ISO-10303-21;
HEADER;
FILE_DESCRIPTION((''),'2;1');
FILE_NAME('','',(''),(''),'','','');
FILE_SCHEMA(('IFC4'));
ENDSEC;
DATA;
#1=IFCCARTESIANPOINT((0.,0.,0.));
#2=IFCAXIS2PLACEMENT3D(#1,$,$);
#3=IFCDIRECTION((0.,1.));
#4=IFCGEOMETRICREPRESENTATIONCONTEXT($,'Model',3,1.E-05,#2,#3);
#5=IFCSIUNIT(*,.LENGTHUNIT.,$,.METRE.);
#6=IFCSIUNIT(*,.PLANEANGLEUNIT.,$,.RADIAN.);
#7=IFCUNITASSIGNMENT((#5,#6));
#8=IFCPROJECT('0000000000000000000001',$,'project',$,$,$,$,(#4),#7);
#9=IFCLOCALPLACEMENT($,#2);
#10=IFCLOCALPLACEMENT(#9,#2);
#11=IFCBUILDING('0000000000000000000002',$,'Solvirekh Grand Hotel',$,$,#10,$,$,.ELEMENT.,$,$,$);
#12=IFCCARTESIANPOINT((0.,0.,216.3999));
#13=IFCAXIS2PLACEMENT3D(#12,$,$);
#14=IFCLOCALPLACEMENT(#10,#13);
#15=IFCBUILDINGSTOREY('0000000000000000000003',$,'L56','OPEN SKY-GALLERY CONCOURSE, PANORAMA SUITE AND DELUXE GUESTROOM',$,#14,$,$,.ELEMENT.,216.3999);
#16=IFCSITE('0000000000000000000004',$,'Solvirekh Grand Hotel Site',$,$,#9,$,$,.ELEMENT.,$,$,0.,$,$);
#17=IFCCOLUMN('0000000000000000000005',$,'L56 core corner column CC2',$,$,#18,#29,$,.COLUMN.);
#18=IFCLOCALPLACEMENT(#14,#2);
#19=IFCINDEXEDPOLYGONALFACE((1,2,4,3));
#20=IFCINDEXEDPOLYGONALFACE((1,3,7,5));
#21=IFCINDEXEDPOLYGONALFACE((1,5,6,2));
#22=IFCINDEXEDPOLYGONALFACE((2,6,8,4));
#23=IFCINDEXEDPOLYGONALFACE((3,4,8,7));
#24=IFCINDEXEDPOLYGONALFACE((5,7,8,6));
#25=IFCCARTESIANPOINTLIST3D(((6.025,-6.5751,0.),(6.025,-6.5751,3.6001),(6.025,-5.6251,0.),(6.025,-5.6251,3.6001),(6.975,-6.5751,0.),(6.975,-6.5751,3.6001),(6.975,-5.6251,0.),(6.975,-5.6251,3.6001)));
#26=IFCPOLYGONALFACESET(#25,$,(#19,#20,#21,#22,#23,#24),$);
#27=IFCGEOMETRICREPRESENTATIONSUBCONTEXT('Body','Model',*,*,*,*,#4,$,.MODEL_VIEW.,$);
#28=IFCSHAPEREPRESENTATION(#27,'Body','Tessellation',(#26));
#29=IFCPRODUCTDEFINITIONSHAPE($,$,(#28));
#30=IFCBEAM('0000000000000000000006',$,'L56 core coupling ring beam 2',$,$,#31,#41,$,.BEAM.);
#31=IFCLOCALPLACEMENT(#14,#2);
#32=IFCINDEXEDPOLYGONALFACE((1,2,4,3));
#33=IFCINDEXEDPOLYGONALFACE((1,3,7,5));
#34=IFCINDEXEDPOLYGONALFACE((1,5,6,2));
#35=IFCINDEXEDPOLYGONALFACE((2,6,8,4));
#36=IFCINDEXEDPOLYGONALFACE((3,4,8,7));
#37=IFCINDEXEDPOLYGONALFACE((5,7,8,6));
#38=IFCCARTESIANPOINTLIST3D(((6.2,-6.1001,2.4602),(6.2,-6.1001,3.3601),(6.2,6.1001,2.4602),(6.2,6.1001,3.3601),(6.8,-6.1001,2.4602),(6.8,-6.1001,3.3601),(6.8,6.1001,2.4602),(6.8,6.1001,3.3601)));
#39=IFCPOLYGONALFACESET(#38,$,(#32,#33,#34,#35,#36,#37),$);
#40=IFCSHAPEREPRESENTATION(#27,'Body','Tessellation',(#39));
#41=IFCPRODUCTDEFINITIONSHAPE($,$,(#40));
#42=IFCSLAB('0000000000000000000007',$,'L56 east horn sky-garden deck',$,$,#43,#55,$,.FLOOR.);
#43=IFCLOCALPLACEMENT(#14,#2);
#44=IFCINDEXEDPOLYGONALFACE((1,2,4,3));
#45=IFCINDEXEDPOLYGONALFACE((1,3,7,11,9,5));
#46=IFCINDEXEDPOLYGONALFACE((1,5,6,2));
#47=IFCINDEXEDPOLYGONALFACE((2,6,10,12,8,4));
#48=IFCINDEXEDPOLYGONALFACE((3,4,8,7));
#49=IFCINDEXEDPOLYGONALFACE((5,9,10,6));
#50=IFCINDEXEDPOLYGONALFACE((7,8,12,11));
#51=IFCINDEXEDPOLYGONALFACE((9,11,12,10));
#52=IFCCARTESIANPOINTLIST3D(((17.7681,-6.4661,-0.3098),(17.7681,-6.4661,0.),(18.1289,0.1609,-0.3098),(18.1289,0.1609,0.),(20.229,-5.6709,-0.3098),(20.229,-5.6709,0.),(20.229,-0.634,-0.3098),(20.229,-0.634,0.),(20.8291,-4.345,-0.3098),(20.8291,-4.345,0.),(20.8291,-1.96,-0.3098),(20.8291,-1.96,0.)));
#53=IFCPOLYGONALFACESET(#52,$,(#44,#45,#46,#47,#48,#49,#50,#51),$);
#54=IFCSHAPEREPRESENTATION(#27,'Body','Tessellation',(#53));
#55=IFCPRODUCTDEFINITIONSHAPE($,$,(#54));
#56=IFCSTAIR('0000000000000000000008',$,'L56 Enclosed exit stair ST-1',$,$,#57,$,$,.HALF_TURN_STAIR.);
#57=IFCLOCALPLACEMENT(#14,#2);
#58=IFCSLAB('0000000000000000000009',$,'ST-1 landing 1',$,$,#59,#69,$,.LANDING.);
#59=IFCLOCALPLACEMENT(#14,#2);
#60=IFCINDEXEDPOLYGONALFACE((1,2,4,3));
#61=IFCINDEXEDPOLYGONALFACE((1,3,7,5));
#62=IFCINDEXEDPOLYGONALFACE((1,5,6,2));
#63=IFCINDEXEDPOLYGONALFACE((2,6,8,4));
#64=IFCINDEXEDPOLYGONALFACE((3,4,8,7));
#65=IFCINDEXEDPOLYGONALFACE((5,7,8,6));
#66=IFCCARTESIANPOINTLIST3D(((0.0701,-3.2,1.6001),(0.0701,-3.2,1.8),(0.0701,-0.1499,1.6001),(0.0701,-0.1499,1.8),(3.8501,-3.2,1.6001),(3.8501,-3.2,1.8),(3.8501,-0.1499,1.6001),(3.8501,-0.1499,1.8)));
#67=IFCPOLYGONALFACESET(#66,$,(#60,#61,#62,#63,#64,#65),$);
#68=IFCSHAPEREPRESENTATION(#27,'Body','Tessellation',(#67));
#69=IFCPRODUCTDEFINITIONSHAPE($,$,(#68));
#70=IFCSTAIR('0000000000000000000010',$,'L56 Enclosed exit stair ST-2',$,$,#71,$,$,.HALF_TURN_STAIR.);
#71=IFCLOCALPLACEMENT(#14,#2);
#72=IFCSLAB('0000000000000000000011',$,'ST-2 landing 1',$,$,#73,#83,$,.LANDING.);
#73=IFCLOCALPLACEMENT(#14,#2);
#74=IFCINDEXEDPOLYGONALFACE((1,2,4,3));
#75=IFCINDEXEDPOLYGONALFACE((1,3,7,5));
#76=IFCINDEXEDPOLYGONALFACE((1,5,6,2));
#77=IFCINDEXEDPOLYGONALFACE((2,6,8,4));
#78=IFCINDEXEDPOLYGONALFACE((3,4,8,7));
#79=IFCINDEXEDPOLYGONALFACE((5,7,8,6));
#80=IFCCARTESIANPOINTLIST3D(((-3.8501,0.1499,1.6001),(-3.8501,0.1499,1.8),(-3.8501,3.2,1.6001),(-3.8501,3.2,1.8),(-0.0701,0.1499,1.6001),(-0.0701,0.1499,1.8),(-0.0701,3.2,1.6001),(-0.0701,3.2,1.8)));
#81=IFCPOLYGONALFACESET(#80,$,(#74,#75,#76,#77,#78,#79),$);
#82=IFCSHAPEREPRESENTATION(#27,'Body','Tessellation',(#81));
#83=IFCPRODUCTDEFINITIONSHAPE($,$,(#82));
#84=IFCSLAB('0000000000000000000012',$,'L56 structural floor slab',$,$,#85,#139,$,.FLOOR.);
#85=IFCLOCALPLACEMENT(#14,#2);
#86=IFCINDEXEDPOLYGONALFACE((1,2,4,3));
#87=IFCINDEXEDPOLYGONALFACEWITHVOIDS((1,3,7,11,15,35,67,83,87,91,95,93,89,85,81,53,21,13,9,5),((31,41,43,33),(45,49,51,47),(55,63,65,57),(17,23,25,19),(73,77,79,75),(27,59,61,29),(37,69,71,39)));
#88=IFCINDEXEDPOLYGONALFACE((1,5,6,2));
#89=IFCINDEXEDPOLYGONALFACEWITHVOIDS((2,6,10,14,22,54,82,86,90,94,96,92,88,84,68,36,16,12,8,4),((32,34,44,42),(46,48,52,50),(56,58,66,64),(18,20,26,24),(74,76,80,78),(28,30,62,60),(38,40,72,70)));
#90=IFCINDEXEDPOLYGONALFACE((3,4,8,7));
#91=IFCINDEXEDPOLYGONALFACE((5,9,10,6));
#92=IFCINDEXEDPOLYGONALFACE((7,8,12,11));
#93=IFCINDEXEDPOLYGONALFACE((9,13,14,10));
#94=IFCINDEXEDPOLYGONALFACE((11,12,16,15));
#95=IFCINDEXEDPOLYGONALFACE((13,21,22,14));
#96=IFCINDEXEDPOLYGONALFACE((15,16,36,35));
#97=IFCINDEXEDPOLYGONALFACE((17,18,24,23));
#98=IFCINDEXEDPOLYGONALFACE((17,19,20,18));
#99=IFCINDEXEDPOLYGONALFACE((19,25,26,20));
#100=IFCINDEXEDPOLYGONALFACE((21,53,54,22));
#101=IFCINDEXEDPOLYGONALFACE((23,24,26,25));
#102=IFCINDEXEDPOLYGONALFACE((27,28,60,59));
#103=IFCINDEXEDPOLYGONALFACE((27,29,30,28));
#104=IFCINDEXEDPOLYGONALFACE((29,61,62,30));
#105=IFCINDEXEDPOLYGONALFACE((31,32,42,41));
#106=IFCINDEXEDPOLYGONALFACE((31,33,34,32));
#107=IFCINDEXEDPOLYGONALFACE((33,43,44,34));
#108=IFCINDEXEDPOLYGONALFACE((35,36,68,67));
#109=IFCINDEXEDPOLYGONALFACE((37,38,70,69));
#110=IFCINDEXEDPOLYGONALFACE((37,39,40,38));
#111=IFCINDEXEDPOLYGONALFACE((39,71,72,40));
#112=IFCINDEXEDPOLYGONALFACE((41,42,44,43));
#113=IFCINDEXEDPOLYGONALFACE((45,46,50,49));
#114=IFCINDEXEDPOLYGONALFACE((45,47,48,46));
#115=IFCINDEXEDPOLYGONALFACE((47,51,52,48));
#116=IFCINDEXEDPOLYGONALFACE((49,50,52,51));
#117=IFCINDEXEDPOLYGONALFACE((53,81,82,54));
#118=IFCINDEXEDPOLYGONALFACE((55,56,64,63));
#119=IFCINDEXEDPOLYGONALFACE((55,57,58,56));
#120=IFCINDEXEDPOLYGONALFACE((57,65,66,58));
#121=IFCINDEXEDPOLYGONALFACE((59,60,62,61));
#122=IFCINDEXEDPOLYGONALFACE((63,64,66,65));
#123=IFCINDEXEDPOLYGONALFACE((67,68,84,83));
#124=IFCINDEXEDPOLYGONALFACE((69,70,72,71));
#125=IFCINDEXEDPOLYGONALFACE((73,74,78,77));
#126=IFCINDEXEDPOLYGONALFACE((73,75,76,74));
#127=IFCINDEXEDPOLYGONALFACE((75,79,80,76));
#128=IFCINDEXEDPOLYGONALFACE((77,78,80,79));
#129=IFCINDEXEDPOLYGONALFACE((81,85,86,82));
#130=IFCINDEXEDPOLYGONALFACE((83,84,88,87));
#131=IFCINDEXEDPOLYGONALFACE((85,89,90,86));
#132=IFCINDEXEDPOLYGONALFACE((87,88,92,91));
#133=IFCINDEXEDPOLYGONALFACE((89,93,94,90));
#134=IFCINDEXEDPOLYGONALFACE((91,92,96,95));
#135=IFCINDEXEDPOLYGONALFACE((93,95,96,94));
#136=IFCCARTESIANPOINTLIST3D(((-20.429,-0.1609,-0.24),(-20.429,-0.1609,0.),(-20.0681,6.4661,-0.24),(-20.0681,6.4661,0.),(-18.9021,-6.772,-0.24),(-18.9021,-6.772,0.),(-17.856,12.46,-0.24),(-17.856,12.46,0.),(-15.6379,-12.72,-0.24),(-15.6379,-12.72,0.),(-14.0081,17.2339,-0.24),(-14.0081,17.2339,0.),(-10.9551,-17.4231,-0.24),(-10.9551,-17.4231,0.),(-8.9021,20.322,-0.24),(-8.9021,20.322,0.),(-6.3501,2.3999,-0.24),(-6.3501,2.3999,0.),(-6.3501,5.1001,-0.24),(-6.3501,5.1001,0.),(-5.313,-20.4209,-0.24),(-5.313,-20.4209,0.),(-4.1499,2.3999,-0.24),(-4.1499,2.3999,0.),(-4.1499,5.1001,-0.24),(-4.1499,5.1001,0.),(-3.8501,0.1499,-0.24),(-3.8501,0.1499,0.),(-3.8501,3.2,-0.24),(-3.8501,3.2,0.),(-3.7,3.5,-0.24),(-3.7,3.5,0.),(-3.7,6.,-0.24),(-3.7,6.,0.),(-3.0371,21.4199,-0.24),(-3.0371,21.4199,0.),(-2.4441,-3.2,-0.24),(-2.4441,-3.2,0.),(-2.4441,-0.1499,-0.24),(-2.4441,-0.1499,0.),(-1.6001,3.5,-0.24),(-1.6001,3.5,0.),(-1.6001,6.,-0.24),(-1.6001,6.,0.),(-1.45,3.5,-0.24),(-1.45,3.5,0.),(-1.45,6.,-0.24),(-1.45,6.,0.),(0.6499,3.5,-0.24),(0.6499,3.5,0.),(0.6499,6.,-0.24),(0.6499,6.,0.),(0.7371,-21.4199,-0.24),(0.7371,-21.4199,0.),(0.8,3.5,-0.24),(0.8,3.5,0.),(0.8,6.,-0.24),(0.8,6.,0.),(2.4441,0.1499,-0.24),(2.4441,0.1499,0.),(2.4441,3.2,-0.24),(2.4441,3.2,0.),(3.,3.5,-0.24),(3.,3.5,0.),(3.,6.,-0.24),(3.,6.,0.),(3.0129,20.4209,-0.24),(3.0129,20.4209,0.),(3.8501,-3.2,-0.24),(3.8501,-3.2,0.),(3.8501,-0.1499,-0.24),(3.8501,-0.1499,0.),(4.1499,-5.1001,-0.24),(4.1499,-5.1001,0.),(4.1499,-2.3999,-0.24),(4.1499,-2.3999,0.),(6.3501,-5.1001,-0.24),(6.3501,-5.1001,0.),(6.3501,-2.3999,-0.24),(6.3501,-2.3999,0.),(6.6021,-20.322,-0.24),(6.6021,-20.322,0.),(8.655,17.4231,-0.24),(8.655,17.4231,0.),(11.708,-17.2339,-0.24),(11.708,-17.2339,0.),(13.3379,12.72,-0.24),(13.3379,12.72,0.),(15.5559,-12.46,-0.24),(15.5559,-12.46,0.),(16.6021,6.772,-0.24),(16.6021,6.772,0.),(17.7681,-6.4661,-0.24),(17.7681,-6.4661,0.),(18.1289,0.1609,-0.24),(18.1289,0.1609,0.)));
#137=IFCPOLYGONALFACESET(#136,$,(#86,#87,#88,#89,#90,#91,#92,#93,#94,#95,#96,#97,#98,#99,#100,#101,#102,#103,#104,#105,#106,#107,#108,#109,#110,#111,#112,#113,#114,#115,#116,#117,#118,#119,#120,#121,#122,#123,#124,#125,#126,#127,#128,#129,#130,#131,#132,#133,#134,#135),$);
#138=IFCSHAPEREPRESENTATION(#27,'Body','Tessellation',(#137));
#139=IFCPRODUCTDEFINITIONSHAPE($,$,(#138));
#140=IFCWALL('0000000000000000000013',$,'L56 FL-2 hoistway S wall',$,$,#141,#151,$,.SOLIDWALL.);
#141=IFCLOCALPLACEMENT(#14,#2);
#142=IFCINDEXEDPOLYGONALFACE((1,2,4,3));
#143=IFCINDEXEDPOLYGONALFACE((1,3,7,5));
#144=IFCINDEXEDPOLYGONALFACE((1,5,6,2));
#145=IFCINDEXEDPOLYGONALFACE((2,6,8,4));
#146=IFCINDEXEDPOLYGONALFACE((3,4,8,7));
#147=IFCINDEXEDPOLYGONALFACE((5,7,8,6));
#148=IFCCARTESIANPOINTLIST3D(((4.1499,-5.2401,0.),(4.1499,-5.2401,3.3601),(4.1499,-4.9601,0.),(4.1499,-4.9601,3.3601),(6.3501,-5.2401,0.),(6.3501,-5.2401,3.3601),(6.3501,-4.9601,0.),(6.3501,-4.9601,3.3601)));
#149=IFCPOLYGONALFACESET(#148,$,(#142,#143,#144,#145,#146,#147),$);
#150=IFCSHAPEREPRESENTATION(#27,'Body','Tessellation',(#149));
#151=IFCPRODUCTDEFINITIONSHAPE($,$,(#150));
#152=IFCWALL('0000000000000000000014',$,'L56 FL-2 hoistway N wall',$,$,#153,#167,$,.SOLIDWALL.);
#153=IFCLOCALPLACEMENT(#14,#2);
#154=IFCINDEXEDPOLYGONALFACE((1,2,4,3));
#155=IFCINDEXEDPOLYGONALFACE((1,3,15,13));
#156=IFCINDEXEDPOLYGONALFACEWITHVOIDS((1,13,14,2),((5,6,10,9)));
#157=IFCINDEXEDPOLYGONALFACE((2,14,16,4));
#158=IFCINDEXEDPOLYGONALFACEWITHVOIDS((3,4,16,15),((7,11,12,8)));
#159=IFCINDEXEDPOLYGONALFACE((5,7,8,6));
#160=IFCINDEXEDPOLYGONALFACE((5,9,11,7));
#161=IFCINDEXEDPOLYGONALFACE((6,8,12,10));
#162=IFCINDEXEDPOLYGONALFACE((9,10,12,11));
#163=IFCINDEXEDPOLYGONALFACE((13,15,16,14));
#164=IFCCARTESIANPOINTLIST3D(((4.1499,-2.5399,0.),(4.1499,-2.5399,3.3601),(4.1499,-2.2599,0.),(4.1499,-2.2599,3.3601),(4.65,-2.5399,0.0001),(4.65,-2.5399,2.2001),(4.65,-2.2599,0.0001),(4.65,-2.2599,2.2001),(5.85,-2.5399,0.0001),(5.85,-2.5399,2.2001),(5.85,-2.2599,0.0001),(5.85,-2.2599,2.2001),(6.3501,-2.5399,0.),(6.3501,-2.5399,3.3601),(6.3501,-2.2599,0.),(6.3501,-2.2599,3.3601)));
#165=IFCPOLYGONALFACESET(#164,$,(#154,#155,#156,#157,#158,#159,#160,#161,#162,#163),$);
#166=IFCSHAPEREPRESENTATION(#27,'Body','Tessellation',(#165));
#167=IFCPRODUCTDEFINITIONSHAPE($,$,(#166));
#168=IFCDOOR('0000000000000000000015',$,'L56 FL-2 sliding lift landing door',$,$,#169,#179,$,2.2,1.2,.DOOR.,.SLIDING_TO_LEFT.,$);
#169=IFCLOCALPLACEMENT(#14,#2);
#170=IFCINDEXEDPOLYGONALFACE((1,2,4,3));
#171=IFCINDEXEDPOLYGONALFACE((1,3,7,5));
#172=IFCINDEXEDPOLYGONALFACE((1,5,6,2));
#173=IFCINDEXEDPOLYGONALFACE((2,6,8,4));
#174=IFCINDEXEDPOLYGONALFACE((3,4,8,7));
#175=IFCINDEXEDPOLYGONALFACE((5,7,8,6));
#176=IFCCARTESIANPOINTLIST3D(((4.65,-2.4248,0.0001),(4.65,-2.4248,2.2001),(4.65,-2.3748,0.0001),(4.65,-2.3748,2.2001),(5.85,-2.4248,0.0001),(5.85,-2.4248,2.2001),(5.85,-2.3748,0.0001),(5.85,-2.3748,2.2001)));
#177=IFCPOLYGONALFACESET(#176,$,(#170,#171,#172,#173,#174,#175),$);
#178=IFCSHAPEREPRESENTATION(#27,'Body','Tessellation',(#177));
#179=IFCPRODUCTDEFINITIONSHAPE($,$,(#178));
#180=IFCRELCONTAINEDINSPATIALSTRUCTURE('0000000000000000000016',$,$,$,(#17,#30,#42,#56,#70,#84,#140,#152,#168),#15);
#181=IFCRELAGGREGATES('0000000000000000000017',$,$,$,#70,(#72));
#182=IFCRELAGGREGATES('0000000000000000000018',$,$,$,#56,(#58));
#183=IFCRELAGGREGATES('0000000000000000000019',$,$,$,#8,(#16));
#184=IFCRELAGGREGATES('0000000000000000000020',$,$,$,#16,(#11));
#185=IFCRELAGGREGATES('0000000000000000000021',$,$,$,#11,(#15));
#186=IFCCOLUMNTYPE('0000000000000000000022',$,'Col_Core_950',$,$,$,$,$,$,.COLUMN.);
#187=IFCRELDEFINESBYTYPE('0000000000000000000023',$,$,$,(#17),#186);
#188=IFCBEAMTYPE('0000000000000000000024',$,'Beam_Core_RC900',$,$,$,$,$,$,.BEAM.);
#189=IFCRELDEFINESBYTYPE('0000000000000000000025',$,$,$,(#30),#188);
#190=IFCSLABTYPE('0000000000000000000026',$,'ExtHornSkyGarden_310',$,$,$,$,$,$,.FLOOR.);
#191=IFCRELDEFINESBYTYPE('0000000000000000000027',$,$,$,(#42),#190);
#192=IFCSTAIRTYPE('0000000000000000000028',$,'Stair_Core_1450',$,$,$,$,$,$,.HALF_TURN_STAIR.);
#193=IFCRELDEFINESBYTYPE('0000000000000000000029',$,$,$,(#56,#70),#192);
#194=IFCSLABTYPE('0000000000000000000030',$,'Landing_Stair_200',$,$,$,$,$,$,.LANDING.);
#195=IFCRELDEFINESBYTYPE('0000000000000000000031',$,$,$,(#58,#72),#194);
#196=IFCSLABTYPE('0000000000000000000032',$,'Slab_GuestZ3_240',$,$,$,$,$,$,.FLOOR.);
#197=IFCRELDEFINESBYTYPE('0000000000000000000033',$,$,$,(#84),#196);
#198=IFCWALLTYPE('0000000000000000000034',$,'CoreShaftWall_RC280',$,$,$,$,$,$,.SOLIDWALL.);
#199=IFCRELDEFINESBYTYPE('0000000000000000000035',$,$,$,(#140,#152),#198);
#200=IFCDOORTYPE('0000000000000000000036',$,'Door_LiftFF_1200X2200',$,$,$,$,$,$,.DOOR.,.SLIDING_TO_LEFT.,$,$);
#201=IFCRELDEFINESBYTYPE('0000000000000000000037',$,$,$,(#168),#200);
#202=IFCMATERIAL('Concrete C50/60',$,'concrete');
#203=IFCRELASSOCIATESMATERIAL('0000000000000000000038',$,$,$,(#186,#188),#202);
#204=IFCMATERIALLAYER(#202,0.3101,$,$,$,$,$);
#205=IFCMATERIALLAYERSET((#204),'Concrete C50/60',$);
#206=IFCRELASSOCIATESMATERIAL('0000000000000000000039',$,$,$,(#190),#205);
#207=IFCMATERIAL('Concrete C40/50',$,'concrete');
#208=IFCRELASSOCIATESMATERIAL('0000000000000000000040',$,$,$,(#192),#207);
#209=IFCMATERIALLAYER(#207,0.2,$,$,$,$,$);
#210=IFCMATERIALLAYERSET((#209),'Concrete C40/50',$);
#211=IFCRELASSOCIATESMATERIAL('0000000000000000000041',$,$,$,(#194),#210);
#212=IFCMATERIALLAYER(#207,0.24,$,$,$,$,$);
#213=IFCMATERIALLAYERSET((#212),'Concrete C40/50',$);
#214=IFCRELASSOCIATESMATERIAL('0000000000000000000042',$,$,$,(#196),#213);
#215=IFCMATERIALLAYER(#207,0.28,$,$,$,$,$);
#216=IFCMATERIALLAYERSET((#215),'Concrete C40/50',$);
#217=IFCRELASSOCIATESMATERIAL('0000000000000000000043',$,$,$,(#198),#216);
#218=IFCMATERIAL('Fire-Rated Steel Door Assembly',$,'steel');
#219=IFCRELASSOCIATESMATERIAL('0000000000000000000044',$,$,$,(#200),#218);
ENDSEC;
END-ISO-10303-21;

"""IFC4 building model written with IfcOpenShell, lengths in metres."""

from ifc_helpers import new_model, si_unit, direction, frame, frame_2d, origin, origin_2d, place, context, subcontext, project, spatial, polyline, rectangle, outline, extrude, material, layer, layer_set, material_profile, profile_set, type_object, element, fill, aggregate, save


model = new_model("IFC4")

# Units and contexts
model_context = context("Model", 3, precision=1e-05, world=origin(), true_north=direction((0.0, 1.0)))
body_context = subcontext(model_context, "Body", "Model", "MODEL_VIEW")
ifc_project = project(units=[si_unit("LENGTHUNIT", "METRE"), si_unit("PLANEANGLEUNIT", "RADIAN")], contexts=[model_context])

# Site, building, storey
site_placement = place(None, origin())
site = spatial("IfcSite", under=ifc_project, at=site_placement, Name="Solvirekh Grand Hotel Site", CompositionType="ELEMENT", RefElevation=0.0)
building_placement = place(site_placement, origin())
building = spatial("IfcBuilding", under=site, at=building_placement, Name="Solvirekh Grand Hotel", CompositionType="ELEMENT")
storey_placement = place(building_placement, frame((0.0, 0.0, 216.3999)))
storey = spatial("IfcBuildingStorey", under=building, at=storey_placement, Name="L56", Description="OPEN SKY-GALLERY CONCOURSE, PANORAMA SUITE AND DELUXE GUESTROOM", CompositionType="ELEMENT", Elevation=216.3999)

# Column
ifc_material_1 = material(Name="Concrete C50/60", Category="concrete")
ifc_material_profile_1 = material_profile(ifc_material_1, rectangle(XDim=0.95, YDim=0.95, at=origin_2d()), Name="RC 950X950")
ifc_profile_set_1 = profile_set([ifc_material_profile_1], Name="Concrete C50/60")
column_type = type_object("IfcColumnType", Name="Col_Core_950", PredefinedType="COLUMN", material=ifc_profile_set_1)
column_placement = place(storey_placement, frame((6.5, -6.1001, 0.0), z_axis=(0.0, 0.0, 1.0), x_axis=(1.0, 0.0, 0.0)))
element("IfcColumn", 1, at=column_placement, inside=storey, type_object=column_type, Name="L56 core corner column CC2", PredefinedType="COLUMN", context=body_context, shape_type="SweptSolid", body=[
    extrude(rectangle(XDim=0.95, YDim=0.95, at=origin_2d()), origin(), (0.0, 0.0, 1.0), 3.6001),
])

# Beam
ifc_material_profile_2 = material_profile(ifc_material_1, rectangle(XDim=0.6001, YDim=0.8999, at=origin_2d()), Name="RC BEAM 600X900")
ifc_profile_set_2 = profile_set([ifc_material_profile_2], Name="Concrete C50/60")
beam_type = type_object("IfcBeamType", Name="Beam_Core_RC900", PredefinedType="BEAM", material=ifc_profile_set_2)
beam_placement = place(storey_placement, frame((6.5, -6.1001, 2.9102), z_axis=(0.0, 1.0, 0.0), x_axis=(-1.0, 0.0, 0.0)))
element("IfcBeam", 2, at=beam_placement, inside=storey, type_object=beam_type, Name="L56 core coupling ring beam 2", PredefinedType="BEAM", context=body_context, shape_type="SweptSolid", body=[
    extrude(rectangle(XDim=0.6001, YDim=0.8999, at=origin_2d()), origin(), (0.0, 0.0, 1.0), 12.2002),
])

# Slab
ifc_layer_1 = layer(ifc_material_1, 0.3101)
ifc_layer_set_1 = layer_set([ifc_layer_1], Name="Concrete C50/60")
slab_type_1 = type_object("IfcSlabType", Name="ExtHornSkyGarden_310", PredefinedType="FLOOR", material=ifc_layer_set_1)
slab_1_placement = place(storey_placement, frame((0.0, 0.0, -0.3098)))
element("IfcSlab", 3, at=slab_1_placement, inside=storey, type_object=slab_type_1, Name="L56 east horn sky-garden deck", PredefinedType="FLOOR", context=body_context, shape_type="SweptSolid", body=[
    extrude(outline(polyline([(18.1289, 0.1609), (17.7681, -6.4661), (20.229, -5.6709), (20.8291, -4.345), (20.8291, -1.96), (20.229, -0.634), (18.1289, 0.1609)])), origin(), (0.0, 0.0, 1.0), 0.3098),
])

# Stairs, slabs
ifc_material_2 = material(Name="Concrete C40/50", Category="concrete")
stair_type = type_object("IfcStairType", Name="Stair_Core_1450", PredefinedType="HALF_TURN_STAIR", material=ifc_material_2)
stair_1_placement = place(storey_placement, origin())
stair_1 = element("IfcStair", 4, at=stair_1_placement, inside=storey, type_object=stair_type, Name="L56 Enclosed exit stair ST-1", PredefinedType="HALF_TURN_STAIR")
ifc_layer_2 = layer(ifc_material_2, 0.2)
ifc_layer_set_2 = layer_set([ifc_layer_2], Name="Concrete C40/50")
slab_type_2 = type_object("IfcSlabType", Name="Landing_Stair_200", PredefinedType="LANDING", material=ifc_layer_set_2)
slab_2_placement = place(storey_placement, frame((0.0, 0.0, 1.6001)))
slab_2 = element("IfcSlab", 5, at=slab_2_placement, type_object=slab_type_2, Name="ST-1 landing 1", PredefinedType="LANDING", context=body_context, shape_type="SweptSolid", body=[
    extrude(outline(polyline([(0.0701, -3.2), (3.8501, -3.2), (3.8501, -0.1499), (0.0701, -0.1499), (0.0701, -3.2)])), origin(), (0.0, 0.0, 1.0), 0.2),
])
stair_2_placement = place(storey_placement, origin())
stair_2 = element("IfcStair", 6, at=stair_2_placement, inside=storey, type_object=stair_type, Name="L56 Enclosed exit stair ST-2", PredefinedType="HALF_TURN_STAIR")
slab_3_placement = place(storey_placement, frame((0.0, 0.0, 1.6001)))
slab_3 = element("IfcSlab", 7, at=slab_3_placement, type_object=slab_type_2, Name="ST-2 landing 1", PredefinedType="LANDING", context=body_context, shape_type="SweptSolid", body=[
    extrude(outline(polyline([(-0.0701, 3.2), (-3.8501, 3.2), (-3.8501, 0.1499), (-0.0701, 0.1499), (-0.0701, 3.2)])), origin(), (0.0, 0.0, 1.0), 0.2),
])
aggregate(stair_2, [slab_3])

# Slab
ifc_layer_3 = layer(ifc_material_2, 0.24)
ifc_layer_set_3 = layer_set([ifc_layer_3], Name="Concrete C40/50")
slab_type_3 = type_object("IfcSlabType", Name="Slab_GuestZ3_240", PredefinedType="FLOOR", material=ifc_layer_set_3)
slab_4_placement = place(storey_placement, frame((0.0, 0.0, -0.24)))
element("IfcSlab", 8, at=slab_4_placement, inside=storey, type_object=slab_type_3, Name="L56 structural floor slab", PredefinedType="FLOOR", context=body_context, shape_type="SweptSolid", body=[
    extrude(outline(polyline([(6.6021, -20.322), (11.708, -17.2339), (15.5559, -12.46), (17.7681, -6.4661), (18.1289, 0.1609), (16.6021, 6.772), (13.3379, 12.72), (8.655, 17.4231), (3.0129, 20.4209), (-3.0371, 21.4199), (-8.9021, 20.322), (-14.0081, 17.2339), (-17.856, 12.46), (-20.0681, 6.4661), (-20.429, -0.1609), (-18.9021, -6.772), (-15.6379, -12.72), (-10.9551, -17.4231), (-5.313, -20.4209), (0.7371, -21.4199), (6.6021, -20.322)]), holes=[polyline([(-2.4441, -0.1499), (3.8501, -0.1499), (3.8501, -3.2), (-2.4441, -3.2), (-2.4441, -0.1499)]), polyline([(2.4441, 0.1499), (-3.8501, 0.1499), (-3.8501, 3.2), (2.4441, 3.2), (2.4441, 0.1499)]), polyline([(-3.7, 6.0), (-1.6001, 6.0), (-1.6001, 3.5), (-3.7, 3.5), (-3.7, 6.0)]), polyline([(-1.45, 6.0), (0.6499, 6.0), (0.6499, 3.5), (-1.45, 3.5), (-1.45, 6.0)]), polyline([(0.8, 6.0), (3.0, 6.0), (3.0, 3.5), (0.8, 3.5), (0.8, 6.0)]), polyline([(-6.3501, 5.1001), (-4.1499, 5.1001), (-4.1499, 2.3999), (-6.3501, 2.3999), (-6.3501, 5.1001)]), polyline([(4.1499, -2.3999), (6.3501, -2.3999), (6.3501, -5.1001), (4.1499, -5.1001), (4.1499, -2.3999)])]), origin(), (0.0, 0.0, 1.0), 0.24),
])

# Wall
ifc_layer_4 = layer(ifc_material_2, 0.28)
ifc_layer_set_4 = layer_set([ifc_layer_4], Name="Concrete C40/50")
wall_type_1 = type_object("IfcWallType", Name="CoreShaftWall_RC280", PredefinedType="SOLIDWALL", material=ifc_layer_set_4)
wall_1_placement = place(storey_placement, frame((4.1499, -5.1001, 0.0), z_axis=(0.0, 0.0, 1.0), x_axis=(1.0, 0.0, 0.0)))
element("IfcWall", 9, at=wall_1_placement, inside=storey, type_object=wall_type_1, Name="L56 FL-2 hoistway S wall", PredefinedType="SOLIDWALL", context=body_context, shape_type="SweptSolid", body=[
    extrude(rectangle(XDim=2.2002, YDim=0.28, at=frame_2d((1.1001, 0.0))), origin(), (0.0, 0.0, 1.0), 3.3601),
])

# Wall, opening, door
wall_2_placement = place(storey_placement, frame((6.3501, -2.3999, 0.0), z_axis=(0.0, 0.0, 1.0), x_axis=(-1.0, 0.0, 0.0)))
wall_2 = element("IfcWall", 10, at=wall_2_placement, inside=storey, type_object=wall_type_1, Name="L56 FL-2 hoistway N wall", PredefinedType="SOLIDWALL", context=body_context, shape_type="SweptSolid", body=[
    extrude(rectangle(XDim=2.2002, YDim=0.28, at=frame_2d((1.1001, 0.0))), origin(), (0.0, 0.0, 1.0), 3.3601),
])
opening_1_placement = place(wall_2_placement, frame((0.5, 0.0, 0.0)))
opening_1 = element("IfcOpeningElement", 11, at=opening_1_placement, cuts=wall_2, PredefinedType="OPENING", context=body_context, shape_type="SweptSolid", body=[
    extrude(rectangle(XDim=1.2, YDim=2.2, at=frame_2d((0.6001, 1.1001))), frame((0.0, 0.1499, 0.0), z_axis=(0.0, -1.0, 0.0), x_axis=(1.0, 0.0, 0.0)), (0.0, 0.0, 1.0), 0.3),
])
ifc_material_3 = material(Name="Fire-Rated Steel Door Assembly", Category="steel")
door_type_1 = type_object("IfcDoorType", Name="Door_LiftFF_1200X2200", OperationType="SLIDING_TO_LEFT", PredefinedType="DOOR", material=ifc_material_3)
door_1_placement = place(opening_1_placement, origin())
door_1 = element("IfcDoor", 12, at=door_1_placement, inside=storey, type_object=door_type_1, Name="L56 FL-2 sliding lift landing door", OperationType="SLIDING_TO_LEFT", OverallHeight=2.2, OverallWidth=1.2, PredefinedType="DOOR", context=body_context, shape_type="SweptSolid", body=[
    extrude(rectangle(XDim=1.2, YDim=2.2, at=frame_2d((0.6001, 1.1001))), frame((0.0, 0.0249, 0.0), z_axis=(0.0, -1.0, 0.0), x_axis=(1.0, 0.0, 0.0)), (0.0, 0.0, 1.0), 0.05),
])
fill(opening_1, door_1)

aggregate(stair_1, [slab_2])

save(model, "model.ifc")
